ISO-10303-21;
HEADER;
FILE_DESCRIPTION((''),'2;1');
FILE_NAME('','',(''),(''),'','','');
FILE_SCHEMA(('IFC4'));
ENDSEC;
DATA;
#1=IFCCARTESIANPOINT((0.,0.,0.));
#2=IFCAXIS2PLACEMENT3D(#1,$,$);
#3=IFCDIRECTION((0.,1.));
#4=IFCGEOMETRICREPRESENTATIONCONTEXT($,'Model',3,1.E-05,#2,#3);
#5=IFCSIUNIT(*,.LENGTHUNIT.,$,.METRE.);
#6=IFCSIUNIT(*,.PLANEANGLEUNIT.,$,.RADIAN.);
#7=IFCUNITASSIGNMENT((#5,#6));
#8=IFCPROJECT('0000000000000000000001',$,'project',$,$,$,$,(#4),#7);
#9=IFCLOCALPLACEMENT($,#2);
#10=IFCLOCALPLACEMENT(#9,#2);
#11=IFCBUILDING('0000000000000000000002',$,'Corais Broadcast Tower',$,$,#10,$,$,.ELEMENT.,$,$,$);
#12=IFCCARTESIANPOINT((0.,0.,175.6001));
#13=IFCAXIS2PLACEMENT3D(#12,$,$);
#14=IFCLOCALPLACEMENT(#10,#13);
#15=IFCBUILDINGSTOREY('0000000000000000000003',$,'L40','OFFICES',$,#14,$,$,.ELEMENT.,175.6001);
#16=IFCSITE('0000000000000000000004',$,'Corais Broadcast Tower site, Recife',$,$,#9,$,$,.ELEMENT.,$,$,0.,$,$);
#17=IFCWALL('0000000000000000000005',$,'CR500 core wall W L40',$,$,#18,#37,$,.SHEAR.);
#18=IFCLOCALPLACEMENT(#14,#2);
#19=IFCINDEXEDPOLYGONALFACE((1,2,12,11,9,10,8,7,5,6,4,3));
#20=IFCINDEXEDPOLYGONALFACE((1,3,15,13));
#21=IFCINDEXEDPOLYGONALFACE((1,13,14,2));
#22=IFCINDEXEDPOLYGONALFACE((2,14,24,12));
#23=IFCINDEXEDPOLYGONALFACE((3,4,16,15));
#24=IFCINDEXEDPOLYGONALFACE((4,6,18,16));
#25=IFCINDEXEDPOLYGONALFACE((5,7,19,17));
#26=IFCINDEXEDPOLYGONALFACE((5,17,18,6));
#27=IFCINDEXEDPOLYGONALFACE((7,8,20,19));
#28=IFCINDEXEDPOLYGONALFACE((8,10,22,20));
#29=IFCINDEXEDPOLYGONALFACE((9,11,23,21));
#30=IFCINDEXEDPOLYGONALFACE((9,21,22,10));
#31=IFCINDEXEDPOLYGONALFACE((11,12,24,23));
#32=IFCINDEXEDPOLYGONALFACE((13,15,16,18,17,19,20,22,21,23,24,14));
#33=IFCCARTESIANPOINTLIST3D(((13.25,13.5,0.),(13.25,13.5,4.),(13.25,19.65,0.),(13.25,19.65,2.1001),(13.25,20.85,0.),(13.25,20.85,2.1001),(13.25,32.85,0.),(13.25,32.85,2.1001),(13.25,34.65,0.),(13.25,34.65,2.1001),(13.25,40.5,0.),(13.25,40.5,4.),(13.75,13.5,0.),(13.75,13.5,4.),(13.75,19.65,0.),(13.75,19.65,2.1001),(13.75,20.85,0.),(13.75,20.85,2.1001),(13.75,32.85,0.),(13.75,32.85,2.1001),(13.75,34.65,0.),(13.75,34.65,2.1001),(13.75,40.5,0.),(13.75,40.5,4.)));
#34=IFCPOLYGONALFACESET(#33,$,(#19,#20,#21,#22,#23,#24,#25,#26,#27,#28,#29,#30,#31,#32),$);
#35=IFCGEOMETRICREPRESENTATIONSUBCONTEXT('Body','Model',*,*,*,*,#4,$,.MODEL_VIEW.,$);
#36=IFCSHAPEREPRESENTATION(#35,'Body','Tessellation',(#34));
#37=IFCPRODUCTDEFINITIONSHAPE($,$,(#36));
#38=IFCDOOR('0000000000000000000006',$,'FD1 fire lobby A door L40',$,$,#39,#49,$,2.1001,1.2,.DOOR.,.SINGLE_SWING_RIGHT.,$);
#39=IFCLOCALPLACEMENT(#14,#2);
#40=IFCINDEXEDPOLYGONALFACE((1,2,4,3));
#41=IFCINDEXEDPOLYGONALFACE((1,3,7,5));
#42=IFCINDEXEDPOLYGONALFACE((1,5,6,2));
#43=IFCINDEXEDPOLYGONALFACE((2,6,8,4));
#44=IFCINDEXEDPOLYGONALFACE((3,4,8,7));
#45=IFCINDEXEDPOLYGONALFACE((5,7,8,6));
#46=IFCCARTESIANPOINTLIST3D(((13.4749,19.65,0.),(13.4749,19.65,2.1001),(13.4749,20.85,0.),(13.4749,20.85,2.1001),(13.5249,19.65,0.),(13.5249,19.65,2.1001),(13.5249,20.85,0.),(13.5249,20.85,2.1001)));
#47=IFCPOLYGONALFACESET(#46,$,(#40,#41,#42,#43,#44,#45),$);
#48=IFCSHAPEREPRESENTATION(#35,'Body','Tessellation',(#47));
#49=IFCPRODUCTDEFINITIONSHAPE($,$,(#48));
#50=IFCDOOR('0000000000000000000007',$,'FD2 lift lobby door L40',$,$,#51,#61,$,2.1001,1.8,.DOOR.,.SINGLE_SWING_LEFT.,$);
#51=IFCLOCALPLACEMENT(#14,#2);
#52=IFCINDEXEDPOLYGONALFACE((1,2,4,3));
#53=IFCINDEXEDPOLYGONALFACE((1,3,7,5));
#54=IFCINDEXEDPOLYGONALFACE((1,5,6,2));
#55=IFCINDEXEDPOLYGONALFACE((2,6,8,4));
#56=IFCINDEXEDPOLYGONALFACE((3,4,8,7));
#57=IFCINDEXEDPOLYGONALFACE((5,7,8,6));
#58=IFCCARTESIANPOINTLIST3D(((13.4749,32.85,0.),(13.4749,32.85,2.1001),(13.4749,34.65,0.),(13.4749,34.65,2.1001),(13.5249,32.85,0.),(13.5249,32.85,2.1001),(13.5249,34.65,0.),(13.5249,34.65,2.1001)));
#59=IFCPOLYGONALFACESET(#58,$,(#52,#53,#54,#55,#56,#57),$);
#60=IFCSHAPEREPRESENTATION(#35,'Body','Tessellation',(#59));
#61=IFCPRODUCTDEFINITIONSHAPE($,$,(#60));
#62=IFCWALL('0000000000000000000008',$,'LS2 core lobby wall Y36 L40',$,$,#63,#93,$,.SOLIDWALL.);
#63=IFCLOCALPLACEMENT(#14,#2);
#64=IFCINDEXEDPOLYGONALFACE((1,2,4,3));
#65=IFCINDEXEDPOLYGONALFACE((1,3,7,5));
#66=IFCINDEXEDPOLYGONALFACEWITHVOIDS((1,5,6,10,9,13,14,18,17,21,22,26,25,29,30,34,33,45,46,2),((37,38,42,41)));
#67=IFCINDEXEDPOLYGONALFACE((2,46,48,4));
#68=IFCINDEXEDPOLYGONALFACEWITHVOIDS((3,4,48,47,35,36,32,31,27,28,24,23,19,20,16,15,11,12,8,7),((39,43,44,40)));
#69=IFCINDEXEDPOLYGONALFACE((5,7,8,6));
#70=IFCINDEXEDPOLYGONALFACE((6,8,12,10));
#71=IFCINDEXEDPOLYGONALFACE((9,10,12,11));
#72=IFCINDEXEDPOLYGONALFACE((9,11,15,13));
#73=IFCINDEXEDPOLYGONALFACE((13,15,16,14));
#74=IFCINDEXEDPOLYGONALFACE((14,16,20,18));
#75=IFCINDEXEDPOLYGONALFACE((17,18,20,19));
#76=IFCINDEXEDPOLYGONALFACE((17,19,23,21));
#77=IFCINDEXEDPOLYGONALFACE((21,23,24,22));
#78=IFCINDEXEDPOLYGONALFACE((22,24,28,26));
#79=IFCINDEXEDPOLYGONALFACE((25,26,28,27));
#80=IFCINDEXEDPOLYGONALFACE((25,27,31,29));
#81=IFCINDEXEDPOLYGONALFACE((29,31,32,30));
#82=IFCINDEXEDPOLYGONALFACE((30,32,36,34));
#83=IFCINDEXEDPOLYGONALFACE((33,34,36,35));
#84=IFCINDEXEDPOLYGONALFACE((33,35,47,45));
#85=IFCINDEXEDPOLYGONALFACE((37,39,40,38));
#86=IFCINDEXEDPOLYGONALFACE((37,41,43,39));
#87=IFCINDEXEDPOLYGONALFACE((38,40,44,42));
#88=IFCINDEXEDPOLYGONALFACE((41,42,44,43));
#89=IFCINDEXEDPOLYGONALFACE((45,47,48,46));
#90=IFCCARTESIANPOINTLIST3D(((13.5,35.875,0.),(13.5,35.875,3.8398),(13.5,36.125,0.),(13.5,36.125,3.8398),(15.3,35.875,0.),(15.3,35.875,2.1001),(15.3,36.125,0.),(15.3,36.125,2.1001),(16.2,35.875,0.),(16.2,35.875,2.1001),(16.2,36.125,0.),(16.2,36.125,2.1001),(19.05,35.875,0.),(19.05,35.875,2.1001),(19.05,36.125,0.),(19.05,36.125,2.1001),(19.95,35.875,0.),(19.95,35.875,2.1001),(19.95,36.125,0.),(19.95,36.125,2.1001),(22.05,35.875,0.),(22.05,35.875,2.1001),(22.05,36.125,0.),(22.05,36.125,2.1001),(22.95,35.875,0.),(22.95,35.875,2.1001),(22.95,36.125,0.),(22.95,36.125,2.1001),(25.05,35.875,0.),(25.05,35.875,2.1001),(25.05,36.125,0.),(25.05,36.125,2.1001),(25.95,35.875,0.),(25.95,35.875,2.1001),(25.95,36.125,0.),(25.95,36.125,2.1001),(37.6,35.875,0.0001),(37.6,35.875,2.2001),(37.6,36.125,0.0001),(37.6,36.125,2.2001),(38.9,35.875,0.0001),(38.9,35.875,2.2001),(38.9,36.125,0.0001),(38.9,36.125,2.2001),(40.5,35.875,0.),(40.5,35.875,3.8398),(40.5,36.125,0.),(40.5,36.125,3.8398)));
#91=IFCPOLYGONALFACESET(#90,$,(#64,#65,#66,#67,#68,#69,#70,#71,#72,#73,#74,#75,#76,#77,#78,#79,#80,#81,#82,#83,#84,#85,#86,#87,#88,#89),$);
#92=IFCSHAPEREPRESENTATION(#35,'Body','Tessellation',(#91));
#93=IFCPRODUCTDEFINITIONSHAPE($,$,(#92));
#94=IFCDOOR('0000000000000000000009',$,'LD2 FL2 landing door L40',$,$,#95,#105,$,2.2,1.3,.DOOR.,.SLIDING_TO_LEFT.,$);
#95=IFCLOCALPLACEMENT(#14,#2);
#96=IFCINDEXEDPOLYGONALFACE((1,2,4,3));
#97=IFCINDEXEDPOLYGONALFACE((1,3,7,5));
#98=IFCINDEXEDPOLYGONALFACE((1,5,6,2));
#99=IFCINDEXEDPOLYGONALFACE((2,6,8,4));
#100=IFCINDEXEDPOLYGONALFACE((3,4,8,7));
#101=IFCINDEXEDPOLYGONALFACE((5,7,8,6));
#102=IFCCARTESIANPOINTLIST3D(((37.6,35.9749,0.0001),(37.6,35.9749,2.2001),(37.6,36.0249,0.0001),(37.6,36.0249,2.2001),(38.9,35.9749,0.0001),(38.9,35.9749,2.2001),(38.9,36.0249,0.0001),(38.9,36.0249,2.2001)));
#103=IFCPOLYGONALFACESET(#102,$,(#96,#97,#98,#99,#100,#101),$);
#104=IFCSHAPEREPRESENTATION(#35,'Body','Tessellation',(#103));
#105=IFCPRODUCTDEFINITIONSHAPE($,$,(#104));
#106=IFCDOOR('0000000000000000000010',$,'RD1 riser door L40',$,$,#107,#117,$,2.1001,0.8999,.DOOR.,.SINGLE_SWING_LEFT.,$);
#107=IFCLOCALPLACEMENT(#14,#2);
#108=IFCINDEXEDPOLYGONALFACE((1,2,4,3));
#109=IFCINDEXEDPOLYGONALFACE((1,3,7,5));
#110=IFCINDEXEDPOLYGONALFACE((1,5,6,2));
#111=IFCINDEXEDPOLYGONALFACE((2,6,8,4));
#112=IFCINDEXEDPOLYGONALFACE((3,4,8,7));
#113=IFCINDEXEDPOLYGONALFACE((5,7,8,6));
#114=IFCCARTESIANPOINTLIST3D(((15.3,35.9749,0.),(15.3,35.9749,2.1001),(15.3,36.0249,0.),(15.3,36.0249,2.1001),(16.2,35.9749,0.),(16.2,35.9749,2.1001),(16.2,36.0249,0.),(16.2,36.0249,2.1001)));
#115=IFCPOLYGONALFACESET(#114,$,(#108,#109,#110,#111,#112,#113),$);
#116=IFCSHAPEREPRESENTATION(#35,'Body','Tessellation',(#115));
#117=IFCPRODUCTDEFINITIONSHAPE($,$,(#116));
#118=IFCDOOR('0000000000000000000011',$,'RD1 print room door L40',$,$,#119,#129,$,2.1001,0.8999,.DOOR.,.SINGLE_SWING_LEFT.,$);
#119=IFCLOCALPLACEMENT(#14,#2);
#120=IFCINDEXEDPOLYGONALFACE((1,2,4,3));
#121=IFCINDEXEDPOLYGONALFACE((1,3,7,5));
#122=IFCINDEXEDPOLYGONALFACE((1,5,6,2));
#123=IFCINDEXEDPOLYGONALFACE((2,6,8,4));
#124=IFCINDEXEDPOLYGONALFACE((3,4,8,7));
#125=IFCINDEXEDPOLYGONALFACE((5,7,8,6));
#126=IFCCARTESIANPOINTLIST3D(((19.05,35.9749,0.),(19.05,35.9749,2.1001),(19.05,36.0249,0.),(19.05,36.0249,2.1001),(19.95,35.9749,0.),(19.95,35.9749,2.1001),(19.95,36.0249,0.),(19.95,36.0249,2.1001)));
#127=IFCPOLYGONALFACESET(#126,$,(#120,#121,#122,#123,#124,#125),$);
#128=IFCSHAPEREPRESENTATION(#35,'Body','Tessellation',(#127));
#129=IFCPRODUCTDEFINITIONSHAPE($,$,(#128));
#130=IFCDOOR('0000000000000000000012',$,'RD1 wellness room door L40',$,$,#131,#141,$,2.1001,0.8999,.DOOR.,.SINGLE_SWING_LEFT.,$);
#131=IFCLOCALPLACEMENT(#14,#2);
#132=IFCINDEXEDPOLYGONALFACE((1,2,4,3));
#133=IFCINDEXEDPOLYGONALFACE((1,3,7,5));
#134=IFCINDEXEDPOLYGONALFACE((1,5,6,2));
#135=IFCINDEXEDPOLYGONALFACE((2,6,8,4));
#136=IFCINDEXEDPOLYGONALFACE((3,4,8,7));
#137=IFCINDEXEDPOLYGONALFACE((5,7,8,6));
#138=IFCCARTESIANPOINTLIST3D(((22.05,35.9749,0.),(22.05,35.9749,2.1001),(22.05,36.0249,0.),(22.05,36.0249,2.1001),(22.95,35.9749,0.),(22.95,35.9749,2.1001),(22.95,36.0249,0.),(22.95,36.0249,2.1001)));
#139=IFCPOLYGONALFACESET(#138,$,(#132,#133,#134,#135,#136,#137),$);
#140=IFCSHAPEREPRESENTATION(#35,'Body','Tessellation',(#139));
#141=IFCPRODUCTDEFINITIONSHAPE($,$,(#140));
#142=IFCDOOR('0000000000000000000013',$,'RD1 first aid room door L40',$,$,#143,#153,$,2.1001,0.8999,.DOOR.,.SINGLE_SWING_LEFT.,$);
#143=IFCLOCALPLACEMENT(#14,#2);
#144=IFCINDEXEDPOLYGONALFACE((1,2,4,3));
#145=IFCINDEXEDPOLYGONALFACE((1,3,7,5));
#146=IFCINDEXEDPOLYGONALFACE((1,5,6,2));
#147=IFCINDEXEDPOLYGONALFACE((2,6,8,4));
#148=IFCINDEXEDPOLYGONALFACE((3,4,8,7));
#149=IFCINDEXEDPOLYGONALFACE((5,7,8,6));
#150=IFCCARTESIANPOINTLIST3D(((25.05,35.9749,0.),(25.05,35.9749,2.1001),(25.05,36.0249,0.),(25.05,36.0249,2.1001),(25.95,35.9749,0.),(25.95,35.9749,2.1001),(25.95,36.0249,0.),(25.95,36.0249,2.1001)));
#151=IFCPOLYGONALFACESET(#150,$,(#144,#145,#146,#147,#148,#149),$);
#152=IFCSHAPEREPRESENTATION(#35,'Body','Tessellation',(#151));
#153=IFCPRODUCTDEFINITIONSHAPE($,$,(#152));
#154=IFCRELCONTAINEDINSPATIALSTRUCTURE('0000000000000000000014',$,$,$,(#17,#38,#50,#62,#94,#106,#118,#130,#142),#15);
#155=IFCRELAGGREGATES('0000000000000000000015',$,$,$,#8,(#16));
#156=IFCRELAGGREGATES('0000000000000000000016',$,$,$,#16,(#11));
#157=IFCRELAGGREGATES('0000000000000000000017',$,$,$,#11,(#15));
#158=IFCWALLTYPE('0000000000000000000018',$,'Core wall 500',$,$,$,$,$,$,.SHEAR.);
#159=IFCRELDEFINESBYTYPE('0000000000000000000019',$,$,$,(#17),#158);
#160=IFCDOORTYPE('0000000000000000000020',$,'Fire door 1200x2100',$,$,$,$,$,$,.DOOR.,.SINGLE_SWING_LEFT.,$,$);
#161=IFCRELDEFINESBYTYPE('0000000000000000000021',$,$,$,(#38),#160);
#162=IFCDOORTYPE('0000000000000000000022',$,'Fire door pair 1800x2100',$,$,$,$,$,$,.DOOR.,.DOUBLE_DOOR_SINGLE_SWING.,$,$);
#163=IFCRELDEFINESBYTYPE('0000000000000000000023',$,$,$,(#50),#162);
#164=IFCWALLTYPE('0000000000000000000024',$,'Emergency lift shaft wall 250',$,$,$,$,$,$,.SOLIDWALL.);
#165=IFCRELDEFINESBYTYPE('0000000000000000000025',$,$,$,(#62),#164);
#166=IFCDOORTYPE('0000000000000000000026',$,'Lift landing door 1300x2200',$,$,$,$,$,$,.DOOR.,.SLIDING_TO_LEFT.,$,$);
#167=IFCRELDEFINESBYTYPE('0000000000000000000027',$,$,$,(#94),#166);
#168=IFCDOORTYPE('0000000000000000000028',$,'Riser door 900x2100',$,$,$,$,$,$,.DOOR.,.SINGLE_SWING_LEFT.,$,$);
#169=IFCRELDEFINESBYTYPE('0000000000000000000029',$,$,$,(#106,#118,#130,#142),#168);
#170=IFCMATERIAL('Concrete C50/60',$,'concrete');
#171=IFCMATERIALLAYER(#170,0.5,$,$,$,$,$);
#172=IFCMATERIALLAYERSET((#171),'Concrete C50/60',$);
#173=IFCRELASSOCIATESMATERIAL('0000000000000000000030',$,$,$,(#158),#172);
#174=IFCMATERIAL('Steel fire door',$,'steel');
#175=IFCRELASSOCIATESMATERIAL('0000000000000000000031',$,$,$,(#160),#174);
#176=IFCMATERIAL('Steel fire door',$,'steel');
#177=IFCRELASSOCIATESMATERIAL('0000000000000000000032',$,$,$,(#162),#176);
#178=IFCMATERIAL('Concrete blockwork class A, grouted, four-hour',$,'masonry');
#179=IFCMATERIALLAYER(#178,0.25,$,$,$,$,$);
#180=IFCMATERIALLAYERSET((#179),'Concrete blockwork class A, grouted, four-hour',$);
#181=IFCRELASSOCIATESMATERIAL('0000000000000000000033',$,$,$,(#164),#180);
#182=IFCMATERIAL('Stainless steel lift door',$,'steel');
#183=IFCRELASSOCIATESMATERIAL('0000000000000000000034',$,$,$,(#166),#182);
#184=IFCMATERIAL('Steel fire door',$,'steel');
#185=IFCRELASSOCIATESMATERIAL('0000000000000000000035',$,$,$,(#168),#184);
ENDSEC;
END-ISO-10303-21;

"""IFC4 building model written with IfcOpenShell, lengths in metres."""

from ifc_helpers import new_model, si_unit, direction, frame, frame_2d, origin, place, context, subcontext, project, spatial, rectangle, extrude, material, layer, layer_set, type_object, element, fill, save


model = new_model("IFC4")

# Units and contexts
model_context = context("Model", 3, precision=1e-05, world=origin(), true_north=direction((0.0, 1.0)))
body_context = subcontext(model_context, "Body", "Model", "MODEL_VIEW")
ifc_project = project(units=[si_unit("LENGTHUNIT", "METRE"), si_unit("PLANEANGLEUNIT", "RADIAN")], contexts=[model_context])

# Site, building, storey
site_placement = place(None, origin())
site = spatial("IfcSite", under=ifc_project, at=site_placement, Name="Corais Broadcast Tower site, Recife", CompositionType="ELEMENT", RefElevation=0.0)
building_placement = place(site_placement, origin())
building = spatial("IfcBuilding", under=site, at=building_placement, Name="Corais Broadcast Tower", CompositionType="ELEMENT")
storey_placement = place(building_placement, frame((0.0, 0.0, 175.6001)))
storey = spatial("IfcBuildingStorey", under=building, at=storey_placement, Name="L40", Description="OFFICES", CompositionType="ELEMENT", Elevation=175.6001)

# Walls, openings, doors
ifc_material_1 = material(Name="Concrete C50/60", Category="concrete")
ifc_layer_1 = layer(ifc_material_1, 0.5)
ifc_layer_set_1 = layer_set([ifc_layer_1], Name="Concrete C50/60")
wall_type_1 = type_object("IfcWallType", Name="Core wall 500", PredefinedType="SHEAR", material=ifc_layer_set_1)
wall_1_placement = place(storey_placement, frame((13.5, 40.5, 0.0), z_axis=(0.0, 0.0, 1.0), x_axis=(0.0, -1.0, 0.0)))
wall_1 = element("IfcWall", 1, at=wall_1_placement, inside=storey, type_object=wall_type_1, Name="CR500 core wall W L40", PredefinedType="SHEAR", context=body_context, shape_type="SweptSolid", body=[
    extrude(rectangle(XDim=27.0, YDim=0.5, at=frame_2d((13.5, 0.0))), origin(), (0.0, 0.0, 1.0), 4.0),
])
opening_1_placement = place(wall_1_placement, frame((19.6499, 0.0, 0.0)))
opening_1 = element("IfcOpeningElement", 2, at=opening_1_placement, cuts=wall_1, PredefinedType="OPENING", context=body_context, shape_type="SweptSolid", body=[
    extrude(rectangle(XDim=1.2, YDim=2.1001, at=frame_2d((0.6001, 1.05))), frame((0.0, 0.26, 0.0), z_axis=(0.0, -1.0, 0.0), x_axis=(1.0, 0.0, 0.0)), (0.0, 0.0, 1.0), 0.52),
])
opening_2_placement = place(wall_1_placement, frame((5.8501, 0.0, 0.0)))
opening_2 = element("IfcOpeningElement", 3, at=opening_2_placement, cuts=wall_1, PredefinedType="OPENING", context=body_context, shape_type="SweptSolid", body=[
    extrude(rectangle(XDim=1.8, YDim=2.1001, at=frame_2d((0.8999, 1.05))), frame((0.0, 0.26, 0.0), z_axis=(0.0, -1.0, 0.0), x_axis=(1.0, 0.0, 0.0)), (0.0, 0.0, 1.0), 0.52),
])
ifc_material_2 = material(Name="Steel fire door", Category="steel")
door_type_1 = type_object("IfcDoorType", Name="Fire door 1200x2100", OperationType="SINGLE_SWING_LEFT", PredefinedType="DOOR", material=ifc_material_2)
door_1_placement = place(opening_1_placement, origin())
door_1 = element("IfcDoor", 4, at=door_1_placement, inside=storey, type_object=door_type_1, Name="FD1 fire lobby A door L40", OperationType="SINGLE_SWING_RIGHT", OverallHeight=2.1001, OverallWidth=1.2, PredefinedType="DOOR", context=body_context, shape_type="SweptSolid", body=[
    extrude(rectangle(XDim=1.2, YDim=2.1001, at=frame_2d((0.6001, 1.05))), frame((0.0, 0.0249, 0.0), z_axis=(0.0, -1.0, 0.0), x_axis=(1.0, 0.0, 0.0)), (0.0, 0.0, 1.0), 0.05),
])
fill(opening_1, door_1)
ifc_material_3 = material(Name="Steel fire door", Category="steel")
door_type_2 = type_object("IfcDoorType", Name="Fire door pair 1800x2100", OperationType="DOUBLE_DOOR_SINGLE_SWING", PredefinedType="DOOR", material=ifc_material_3)
door_2_placement = place(opening_2_placement, origin())
door_2 = element("IfcDoor", 5, at=door_2_placement, inside=storey, type_object=door_type_2, Name="FD2 lift lobby door L40", OperationType="SINGLE_SWING_LEFT", OverallHeight=2.1001, OverallWidth=1.8, PredefinedType="DOOR", context=body_context, shape_type="SweptSolid", body=[
    extrude(rectangle(XDim=1.8, YDim=2.1001, at=frame_2d((0.8999, 1.05))), frame((0.0, 0.0249, 0.0), z_axis=(0.0, -1.0, 0.0), x_axis=(1.0, 0.0, 0.0)), (0.0, 0.0, 1.0), 0.05),
])
fill(opening_2, door_2)
ifc_material_4 = material(Name="Concrete blockwork class A, grouted, four-hour", Category="masonry")
ifc_layer_2 = layer(ifc_material_4, 0.25)
ifc_layer_set_2 = layer_set([ifc_layer_2], Name="Concrete blockwork class A, grouted, four-hour")
wall_type_2 = type_object("IfcWallType", Name="Emergency lift shaft wall 250", PredefinedType="SOLIDWALL", material=ifc_layer_set_2)
wall_2_placement = place(storey_placement, frame((13.5, 36.0, 0.0), z_axis=(0.0, 0.0, 1.0), x_axis=(1.0, 0.0, 0.0)))
wall_2 = element("IfcWall", 6, at=wall_2_placement, inside=storey, type_object=wall_type_2, Name="LS2 core lobby wall Y36 L40", PredefinedType="SOLIDWALL", context=body_context, shape_type="SweptSolid", body=[
    extrude(rectangle(XDim=27.0, YDim=0.25, at=frame_2d((13.5, 0.0))), origin(), (0.0, 0.0, 1.0), 3.8398),
])
opening_3_placement = place(wall_2_placement, frame((1.8, 0.0, 0.0)))
opening_3 = element("IfcOpeningElement", 7, at=opening_3_placement, cuts=wall_2, PredefinedType="OPENING", context=body_context, shape_type="SweptSolid", body=[
    extrude(rectangle(XDim=0.8999, YDim=2.1001, at=frame_2d((0.45, 1.05))), frame((0.0, 0.135, 0.0), z_axis=(0.0, -1.0, 0.0), x_axis=(1.0, 0.0, 0.0)), (0.0, 0.0, 1.0), 0.27),
])
opening_4_placement = place(wall_2_placement, frame((5.55, 0.0, 0.0)))
opening_4 = element("IfcOpeningElement", 8, at=opening_4_placement, cuts=wall_2, PredefinedType="OPENING", context=body_context, shape_type="SweptSolid", body=[
    extrude(rectangle(XDim=0.8999, YDim=2.1001, at=frame_2d((0.45, 1.05))), frame((0.0, 0.135, 0.0), z_axis=(0.0, -1.0, 0.0), x_axis=(1.0, 0.0, 0.0)), (0.0, 0.0, 1.0), 0.27),
])
opening_5_placement = place(wall_2_placement, frame((8.55, 0.0, 0.0)))
opening_5 = element("IfcOpeningElement", 9, at=opening_5_placement, cuts=wall_2, PredefinedType="OPENING", context=body_context, shape_type="SweptSolid", body=[
    extrude(rectangle(XDim=0.8999, YDim=2.1001, at=frame_2d((0.45, 1.05))), frame((0.0, 0.135, 0.0), z_axis=(0.0, -1.0, 0.0), x_axis=(1.0, 0.0, 0.0)), (0.0, 0.0, 1.0), 0.27),
])
opening_6_placement = place(wall_2_placement, frame((11.55, 0.0, 0.0)))
opening_6 = element("IfcOpeningElement", 10, at=opening_6_placement, cuts=wall_2, PredefinedType="OPENING", context=body_context, shape_type="SweptSolid", body=[
    extrude(rectangle(XDim=0.8999, YDim=2.1001, at=frame_2d((0.45, 1.05))), frame((0.0, 0.135, 0.0), z_axis=(0.0, -1.0, 0.0), x_axis=(1.0, 0.0, 0.0)), (0.0, 0.0, 1.0), 0.27),
])
opening_7_placement = place(wall_2_placement, frame((24.1001, 0.0, 0.0)))
opening_7 = element("IfcOpeningElement", 11, at=opening_7_placement, cuts=wall_2, PredefinedType="OPENING", context=body_context, shape_type="SweptSolid", body=[
    extrude(rectangle(XDim=1.3, YDim=2.2, at=frame_2d((0.6499, 1.1001))), frame((0.0, 0.135, 0.0), z_axis=(0.0, -1.0, 0.0), x_axis=(1.0, 0.0, 0.0)), (0.0, 0.0, 1.0), 0.27),
])
ifc_material_5 = material(Name="Stainless steel lift door", Category="steel")
door_type_3 = type_object("IfcDoorType", Name="Lift landing door 1300x2200", OperationType="SLIDING_TO_LEFT", PredefinedType="DOOR", material=ifc_material_5)
door_3_placement = place(opening_7_placement, origin())
door_3 = element("IfcDoor", 12, at=door_3_placement, inside=storey, type_object=door_type_3, Name="LD2 FL2 landing door L40", OperationType="SLIDING_TO_LEFT", OverallHeight=2.2, OverallWidth=1.3, PredefinedType="DOOR", context=body_context, shape_type="SweptSolid", body=[
    extrude(rectangle(XDim=1.3, YDim=2.2, at=frame_2d((0.6499, 1.1001))), frame((0.0, 0.0249, 0.0), z_axis=(0.0, -1.0, 0.0), x_axis=(1.0, 0.0, 0.0)), (0.0, 0.0, 1.0), 0.05),
])
fill(opening_7, door_3)
ifc_material_6 = material(Name="Steel fire door", Category="steel")
door_type_4 = type_object("IfcDoorType", Name="Riser door 900x2100", OperationType="SINGLE_SWING_LEFT", PredefinedType="DOOR", material=ifc_material_6)
door_4_placement = place(opening_3_placement, origin())
door_4 = element("IfcDoor", 13, at=door_4_placement, inside=storey, type_object=door_type_4, Name="RD1 riser door L40", OperationType="SINGLE_SWING_LEFT", OverallHeight=2.1001, OverallWidth=0.8999, PredefinedType="DOOR", context=body_context, shape_type="SweptSolid", body=[
    extrude(rectangle(XDim=0.8999, YDim=2.1001, at=frame_2d((0.45, 1.05))), frame((0.0, 0.0249, 0.0), z_axis=(0.0, -1.0, 0.0), x_axis=(1.0, 0.0, 0.0)), (0.0, 0.0, 1.0), 0.05),
])
fill(opening_3, door_4)
door_5_placement = place(opening_4_placement, origin())
door_5 = element("IfcDoor", 14, at=door_5_placement, inside=storey, type_object=door_type_4, Name="RD1 print room door L40", OperationType="SINGLE_SWING_LEFT", OverallHeight=2.1001, OverallWidth=0.8999, PredefinedType="DOOR", context=body_context, shape_type="SweptSolid", body=[
    extrude(rectangle(XDim=0.8999, YDim=2.1001, at=frame_2d((0.45, 1.05))), frame((0.0, 0.0249, 0.0), z_axis=(0.0, -1.0, 0.0), x_axis=(1.0, 0.0, 0.0)), (0.0, 0.0, 1.0), 0.05),
])
fill(opening_4, door_5)
door_6_placement = place(opening_5_placement, origin())
door_6 = element("IfcDoor", 15, at=door_6_placement, inside=storey, type_object=door_type_4, Name="RD1 wellness room door L40", OperationType="SINGLE_SWING_LEFT", OverallHeight=2.1001, OverallWidth=0.8999, PredefinedType="DOOR", context=body_context, shape_type="SweptSolid", body=[
    extrude(rectangle(XDim=0.8999, YDim=2.1001, at=frame_2d((0.45, 1.05))), frame((0.0, 0.0249, 0.0), z_axis=(0.0, -1.0, 0.0), x_axis=(1.0, 0.0, 0.0)), (0.0, 0.0, 1.0), 0.05),
])
fill(opening_5, door_6)
door_7_placement = place(opening_6_placement, origin())
door_7 = element("IfcDoor", 16, at=door_7_placement, inside=storey, type_object=door_type_4, Name="RD1 first aid room door L40", OperationType="SINGLE_SWING_LEFT", OverallHeight=2.1001, OverallWidth=0.8999, PredefinedType="DOOR", context=body_context, shape_type="SweptSolid", body=[
    extrude(rectangle(XDim=0.8999, YDim=2.1001, at=frame_2d((0.45, 1.05))), frame((0.0, 0.0249, 0.0), z_axis=(0.0, -1.0, 0.0), x_axis=(1.0, 0.0, 0.0)), (0.0, 0.0, 1.0), 0.05),
])
fill(opening_6, door_7)

save(model, "model.ifc")
